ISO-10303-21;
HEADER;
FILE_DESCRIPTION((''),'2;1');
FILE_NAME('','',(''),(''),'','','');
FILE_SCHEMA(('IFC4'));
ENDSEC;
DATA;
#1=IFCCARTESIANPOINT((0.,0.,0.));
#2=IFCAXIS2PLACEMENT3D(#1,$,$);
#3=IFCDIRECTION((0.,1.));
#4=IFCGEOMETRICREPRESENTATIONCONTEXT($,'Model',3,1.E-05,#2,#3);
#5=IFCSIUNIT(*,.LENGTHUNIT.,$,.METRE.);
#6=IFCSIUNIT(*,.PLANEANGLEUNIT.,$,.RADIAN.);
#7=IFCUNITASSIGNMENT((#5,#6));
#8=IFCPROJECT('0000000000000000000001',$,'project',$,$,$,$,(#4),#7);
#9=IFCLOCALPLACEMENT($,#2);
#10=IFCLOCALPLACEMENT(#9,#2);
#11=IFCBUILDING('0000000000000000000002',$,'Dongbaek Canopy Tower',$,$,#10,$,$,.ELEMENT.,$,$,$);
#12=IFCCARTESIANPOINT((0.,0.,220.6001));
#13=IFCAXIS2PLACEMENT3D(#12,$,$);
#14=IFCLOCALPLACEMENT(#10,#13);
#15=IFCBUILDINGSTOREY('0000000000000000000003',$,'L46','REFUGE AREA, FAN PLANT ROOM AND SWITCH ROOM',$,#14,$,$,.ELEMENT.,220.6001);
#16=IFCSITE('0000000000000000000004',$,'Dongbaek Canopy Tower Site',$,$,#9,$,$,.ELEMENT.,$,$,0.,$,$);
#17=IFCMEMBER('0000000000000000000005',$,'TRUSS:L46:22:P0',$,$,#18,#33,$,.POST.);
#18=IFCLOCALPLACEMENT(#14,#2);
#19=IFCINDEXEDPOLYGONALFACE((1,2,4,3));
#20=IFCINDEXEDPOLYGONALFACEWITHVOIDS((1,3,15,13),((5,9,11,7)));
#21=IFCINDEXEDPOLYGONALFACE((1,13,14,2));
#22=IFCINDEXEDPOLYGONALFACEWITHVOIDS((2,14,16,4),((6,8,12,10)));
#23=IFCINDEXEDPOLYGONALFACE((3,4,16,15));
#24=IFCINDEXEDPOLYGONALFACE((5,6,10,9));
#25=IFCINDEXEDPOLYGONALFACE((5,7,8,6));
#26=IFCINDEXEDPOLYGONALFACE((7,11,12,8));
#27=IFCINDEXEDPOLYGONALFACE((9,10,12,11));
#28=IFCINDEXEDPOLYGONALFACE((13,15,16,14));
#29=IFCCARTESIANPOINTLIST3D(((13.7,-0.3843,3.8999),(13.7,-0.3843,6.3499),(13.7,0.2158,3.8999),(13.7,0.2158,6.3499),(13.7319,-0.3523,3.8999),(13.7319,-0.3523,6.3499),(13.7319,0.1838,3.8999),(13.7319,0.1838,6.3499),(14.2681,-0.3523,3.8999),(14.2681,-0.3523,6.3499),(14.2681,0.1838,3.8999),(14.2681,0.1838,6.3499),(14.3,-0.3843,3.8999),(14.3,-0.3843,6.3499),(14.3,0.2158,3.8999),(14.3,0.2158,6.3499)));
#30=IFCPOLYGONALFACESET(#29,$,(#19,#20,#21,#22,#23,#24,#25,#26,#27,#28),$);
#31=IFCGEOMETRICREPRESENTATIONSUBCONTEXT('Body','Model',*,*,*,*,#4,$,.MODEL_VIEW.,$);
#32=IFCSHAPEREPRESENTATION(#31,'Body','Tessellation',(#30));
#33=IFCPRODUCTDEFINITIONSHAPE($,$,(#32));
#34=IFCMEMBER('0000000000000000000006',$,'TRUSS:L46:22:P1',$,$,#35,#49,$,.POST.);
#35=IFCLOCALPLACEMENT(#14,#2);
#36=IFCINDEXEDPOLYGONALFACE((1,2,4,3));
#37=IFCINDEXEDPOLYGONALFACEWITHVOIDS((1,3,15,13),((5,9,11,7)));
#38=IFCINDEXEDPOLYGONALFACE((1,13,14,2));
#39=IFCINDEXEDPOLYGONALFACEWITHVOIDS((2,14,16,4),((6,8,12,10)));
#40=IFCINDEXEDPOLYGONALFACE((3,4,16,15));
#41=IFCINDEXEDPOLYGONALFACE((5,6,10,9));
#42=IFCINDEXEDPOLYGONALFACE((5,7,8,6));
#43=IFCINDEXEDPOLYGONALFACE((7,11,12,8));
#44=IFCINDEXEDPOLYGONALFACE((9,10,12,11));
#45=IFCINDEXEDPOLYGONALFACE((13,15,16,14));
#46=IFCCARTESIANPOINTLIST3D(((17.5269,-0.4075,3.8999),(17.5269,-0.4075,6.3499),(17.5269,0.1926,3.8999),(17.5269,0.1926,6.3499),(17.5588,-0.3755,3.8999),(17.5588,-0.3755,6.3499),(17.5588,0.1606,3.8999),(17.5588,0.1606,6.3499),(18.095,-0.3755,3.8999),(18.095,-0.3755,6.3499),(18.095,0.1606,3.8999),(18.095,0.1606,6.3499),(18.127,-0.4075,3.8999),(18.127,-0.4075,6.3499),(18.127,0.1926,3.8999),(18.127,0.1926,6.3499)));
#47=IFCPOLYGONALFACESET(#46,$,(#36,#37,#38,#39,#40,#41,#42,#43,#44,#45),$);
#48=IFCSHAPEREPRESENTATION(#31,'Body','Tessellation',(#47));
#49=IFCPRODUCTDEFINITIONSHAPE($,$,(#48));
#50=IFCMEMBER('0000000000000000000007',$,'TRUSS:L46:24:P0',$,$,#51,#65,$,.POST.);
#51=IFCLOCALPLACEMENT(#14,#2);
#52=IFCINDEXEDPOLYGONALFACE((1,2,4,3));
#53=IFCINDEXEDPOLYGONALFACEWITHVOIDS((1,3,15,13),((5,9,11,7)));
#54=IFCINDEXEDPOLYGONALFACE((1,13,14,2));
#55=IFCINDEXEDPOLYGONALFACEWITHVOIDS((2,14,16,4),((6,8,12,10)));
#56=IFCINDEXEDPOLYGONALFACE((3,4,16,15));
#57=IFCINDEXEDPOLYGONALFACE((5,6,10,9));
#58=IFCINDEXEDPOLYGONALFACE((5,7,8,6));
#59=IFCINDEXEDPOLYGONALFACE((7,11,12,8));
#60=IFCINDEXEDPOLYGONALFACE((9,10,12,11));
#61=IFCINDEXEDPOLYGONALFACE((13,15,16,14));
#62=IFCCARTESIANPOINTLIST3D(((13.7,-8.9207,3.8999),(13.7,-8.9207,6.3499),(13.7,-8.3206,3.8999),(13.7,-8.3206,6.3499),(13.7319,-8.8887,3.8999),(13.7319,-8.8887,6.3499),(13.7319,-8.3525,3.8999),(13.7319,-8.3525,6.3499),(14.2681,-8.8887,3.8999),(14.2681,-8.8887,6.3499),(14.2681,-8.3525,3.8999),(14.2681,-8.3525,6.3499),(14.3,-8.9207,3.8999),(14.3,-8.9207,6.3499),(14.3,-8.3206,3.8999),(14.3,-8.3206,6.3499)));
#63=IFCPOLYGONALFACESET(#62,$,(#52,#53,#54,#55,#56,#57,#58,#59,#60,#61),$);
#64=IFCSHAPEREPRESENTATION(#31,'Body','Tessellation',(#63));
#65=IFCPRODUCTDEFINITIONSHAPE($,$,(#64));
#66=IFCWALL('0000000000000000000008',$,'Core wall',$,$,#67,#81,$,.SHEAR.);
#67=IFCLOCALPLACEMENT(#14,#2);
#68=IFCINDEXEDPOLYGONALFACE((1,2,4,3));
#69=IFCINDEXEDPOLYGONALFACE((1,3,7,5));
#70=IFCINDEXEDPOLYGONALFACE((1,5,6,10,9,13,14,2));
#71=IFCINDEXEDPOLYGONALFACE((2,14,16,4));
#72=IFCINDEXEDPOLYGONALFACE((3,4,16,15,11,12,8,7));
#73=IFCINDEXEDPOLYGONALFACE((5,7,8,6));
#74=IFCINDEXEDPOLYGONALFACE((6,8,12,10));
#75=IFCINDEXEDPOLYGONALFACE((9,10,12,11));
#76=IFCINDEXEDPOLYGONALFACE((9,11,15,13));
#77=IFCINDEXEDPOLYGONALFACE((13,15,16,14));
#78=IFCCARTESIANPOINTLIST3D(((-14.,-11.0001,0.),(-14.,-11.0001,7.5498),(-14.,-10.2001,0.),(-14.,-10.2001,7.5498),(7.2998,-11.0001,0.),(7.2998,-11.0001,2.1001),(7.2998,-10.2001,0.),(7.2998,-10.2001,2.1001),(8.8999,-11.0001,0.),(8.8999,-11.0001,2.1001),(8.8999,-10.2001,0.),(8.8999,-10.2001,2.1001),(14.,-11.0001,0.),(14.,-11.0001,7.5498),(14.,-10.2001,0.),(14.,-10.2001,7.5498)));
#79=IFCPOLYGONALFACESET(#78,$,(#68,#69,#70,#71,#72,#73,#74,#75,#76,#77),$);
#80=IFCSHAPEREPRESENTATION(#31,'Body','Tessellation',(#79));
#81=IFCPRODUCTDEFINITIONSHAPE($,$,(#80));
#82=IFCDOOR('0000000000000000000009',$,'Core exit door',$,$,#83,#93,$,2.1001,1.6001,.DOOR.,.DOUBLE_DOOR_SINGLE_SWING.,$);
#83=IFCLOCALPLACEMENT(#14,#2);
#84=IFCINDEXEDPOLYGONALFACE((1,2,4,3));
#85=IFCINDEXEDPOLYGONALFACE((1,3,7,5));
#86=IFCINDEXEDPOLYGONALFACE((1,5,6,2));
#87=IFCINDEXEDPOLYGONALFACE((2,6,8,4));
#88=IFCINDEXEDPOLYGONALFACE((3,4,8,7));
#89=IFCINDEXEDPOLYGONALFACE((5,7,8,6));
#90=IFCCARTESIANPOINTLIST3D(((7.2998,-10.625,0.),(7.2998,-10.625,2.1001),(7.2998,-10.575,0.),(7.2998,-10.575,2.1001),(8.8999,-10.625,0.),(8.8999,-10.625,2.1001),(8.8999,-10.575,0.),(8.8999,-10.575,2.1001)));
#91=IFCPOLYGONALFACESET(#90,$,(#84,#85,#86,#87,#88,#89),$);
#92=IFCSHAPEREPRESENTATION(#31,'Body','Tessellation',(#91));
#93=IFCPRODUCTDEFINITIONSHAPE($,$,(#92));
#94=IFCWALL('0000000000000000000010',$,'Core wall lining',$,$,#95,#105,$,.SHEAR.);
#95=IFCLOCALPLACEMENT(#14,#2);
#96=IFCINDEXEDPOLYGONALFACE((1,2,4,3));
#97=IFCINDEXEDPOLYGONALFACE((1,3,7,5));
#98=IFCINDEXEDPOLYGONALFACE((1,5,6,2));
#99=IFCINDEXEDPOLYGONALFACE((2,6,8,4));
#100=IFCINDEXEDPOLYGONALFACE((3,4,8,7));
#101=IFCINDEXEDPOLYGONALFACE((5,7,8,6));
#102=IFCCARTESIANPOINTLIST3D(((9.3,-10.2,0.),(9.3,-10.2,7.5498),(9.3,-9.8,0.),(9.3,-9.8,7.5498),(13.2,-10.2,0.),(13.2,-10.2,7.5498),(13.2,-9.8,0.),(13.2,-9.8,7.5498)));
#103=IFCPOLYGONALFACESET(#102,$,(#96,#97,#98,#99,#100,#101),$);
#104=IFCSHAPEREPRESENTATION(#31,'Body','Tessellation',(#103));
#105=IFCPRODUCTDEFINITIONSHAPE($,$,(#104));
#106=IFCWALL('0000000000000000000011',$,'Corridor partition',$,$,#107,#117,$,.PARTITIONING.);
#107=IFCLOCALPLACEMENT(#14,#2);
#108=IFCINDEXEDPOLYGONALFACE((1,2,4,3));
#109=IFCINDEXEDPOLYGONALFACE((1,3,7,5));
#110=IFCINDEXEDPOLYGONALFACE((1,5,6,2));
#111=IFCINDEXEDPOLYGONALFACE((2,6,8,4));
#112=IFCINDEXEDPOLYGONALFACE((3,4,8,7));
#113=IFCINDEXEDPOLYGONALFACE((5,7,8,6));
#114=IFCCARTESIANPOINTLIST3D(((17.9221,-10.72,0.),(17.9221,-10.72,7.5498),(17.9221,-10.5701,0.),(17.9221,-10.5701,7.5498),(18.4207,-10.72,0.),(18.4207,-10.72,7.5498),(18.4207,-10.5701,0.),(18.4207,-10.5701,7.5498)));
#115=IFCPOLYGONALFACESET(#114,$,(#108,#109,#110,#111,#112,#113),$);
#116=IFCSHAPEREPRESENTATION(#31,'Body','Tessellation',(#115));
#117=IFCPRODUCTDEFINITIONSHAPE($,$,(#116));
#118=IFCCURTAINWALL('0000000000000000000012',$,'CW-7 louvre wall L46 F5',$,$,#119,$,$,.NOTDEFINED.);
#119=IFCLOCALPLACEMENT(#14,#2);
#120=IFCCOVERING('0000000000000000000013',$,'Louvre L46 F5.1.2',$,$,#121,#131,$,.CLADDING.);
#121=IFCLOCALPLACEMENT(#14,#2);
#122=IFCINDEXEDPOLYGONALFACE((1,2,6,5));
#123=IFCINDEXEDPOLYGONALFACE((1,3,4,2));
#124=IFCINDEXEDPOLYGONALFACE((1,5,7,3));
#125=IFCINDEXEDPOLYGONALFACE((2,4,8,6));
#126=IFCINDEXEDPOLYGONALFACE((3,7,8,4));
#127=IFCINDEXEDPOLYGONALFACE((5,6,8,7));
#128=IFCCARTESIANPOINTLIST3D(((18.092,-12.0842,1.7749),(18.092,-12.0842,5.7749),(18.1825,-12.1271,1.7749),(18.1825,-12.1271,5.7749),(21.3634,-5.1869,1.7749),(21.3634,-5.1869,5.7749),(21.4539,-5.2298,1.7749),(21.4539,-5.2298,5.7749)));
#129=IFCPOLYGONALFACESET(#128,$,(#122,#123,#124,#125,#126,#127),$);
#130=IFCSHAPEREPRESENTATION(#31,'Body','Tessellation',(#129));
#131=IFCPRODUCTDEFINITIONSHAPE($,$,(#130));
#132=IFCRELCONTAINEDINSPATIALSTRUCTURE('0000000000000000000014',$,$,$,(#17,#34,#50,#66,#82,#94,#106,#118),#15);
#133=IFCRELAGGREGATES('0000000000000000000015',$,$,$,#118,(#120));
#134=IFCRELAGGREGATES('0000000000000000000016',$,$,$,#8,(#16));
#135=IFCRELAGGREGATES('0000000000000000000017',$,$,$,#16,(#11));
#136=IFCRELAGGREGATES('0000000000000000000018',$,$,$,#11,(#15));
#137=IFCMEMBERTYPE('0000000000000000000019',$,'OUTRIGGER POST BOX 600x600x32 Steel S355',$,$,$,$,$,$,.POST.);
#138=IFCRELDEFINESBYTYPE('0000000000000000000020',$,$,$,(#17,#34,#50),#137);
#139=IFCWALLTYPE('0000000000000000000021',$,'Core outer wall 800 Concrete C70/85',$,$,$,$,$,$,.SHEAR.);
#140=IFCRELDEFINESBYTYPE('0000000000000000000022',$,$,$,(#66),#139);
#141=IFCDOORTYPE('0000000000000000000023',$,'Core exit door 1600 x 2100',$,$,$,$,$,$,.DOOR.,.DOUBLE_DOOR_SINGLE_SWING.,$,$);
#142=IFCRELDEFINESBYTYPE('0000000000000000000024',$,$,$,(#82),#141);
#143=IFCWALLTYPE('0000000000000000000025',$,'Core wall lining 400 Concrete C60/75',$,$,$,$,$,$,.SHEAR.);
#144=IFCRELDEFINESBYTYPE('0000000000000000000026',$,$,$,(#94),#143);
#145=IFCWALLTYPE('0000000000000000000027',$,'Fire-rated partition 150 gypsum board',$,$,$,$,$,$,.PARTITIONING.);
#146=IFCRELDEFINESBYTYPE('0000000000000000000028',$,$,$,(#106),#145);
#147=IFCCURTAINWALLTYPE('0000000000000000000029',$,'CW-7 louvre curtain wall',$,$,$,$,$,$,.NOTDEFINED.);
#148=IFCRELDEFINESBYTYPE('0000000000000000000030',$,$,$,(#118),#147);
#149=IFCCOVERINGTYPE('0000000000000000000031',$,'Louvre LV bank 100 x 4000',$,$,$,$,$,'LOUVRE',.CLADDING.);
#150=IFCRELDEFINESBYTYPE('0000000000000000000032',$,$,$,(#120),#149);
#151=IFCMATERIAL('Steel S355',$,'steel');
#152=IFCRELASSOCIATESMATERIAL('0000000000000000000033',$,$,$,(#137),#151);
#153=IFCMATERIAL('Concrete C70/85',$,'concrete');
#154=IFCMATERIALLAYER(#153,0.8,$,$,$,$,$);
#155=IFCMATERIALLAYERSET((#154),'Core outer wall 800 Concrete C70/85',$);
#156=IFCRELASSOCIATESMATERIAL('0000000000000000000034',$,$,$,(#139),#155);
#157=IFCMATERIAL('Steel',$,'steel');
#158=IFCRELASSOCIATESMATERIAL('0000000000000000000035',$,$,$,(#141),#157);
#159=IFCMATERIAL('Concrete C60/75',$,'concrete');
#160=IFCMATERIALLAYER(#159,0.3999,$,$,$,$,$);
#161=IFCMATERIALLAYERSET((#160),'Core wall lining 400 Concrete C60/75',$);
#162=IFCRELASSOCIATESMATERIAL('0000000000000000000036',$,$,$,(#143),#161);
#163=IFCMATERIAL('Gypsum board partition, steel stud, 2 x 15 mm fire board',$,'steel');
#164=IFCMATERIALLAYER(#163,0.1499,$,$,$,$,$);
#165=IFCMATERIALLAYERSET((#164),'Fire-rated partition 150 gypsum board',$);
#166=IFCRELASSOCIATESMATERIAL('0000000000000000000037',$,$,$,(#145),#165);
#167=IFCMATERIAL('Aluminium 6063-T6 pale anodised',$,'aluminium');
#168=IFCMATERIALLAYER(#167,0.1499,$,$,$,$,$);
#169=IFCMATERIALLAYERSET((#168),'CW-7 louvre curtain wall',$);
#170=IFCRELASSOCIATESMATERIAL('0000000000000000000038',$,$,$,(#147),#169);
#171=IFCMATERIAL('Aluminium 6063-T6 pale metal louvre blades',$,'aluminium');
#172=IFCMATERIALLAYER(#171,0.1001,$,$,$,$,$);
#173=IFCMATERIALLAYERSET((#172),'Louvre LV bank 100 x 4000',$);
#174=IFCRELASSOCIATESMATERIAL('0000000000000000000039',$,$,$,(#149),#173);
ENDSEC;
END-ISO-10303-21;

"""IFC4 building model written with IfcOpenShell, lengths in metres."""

from ifc_helpers import new_model, si_unit, direction, frame, frame_2d, origin, origin_2d, place, context, subcontext, project, spatial, rectangle, hollow_rectangle, extrude, material, layer, layer_set, material_profile, profile_set, type_object, element, fill, aggregate, save


model = new_model("IFC4")

# Units and contexts
model_context = context("Model", 3, precision=1e-05, world=origin(), true_north=direction((0.0, 1.0)))
body_context = subcontext(model_context, "Body", "Model", "MODEL_VIEW")
ifc_project = project(units=[si_unit("LENGTHUNIT", "METRE"), si_unit("PLANEANGLEUNIT", "RADIAN")], contexts=[model_context])

# Site, building, storey
site_placement = place(None, origin())
site = spatial("IfcSite", under=ifc_project, at=site_placement, Name="Dongbaek Canopy Tower Site", CompositionType="ELEMENT", RefElevation=0.0)
building_placement = place(site_placement, origin())
building = spatial("IfcBuilding", under=site, at=building_placement, Name="Dongbaek Canopy Tower", CompositionType="ELEMENT")
storey_placement = place(building_placement, frame((0.0, 0.0, 220.6001)))
storey = spatial("IfcBuildingStorey", under=building, at=storey_placement, Name="L46", Description="REFUGE AREA, FAN PLANT ROOM AND SWITCH ROOM", CompositionType="ELEMENT", Elevation=220.6001)

# Members
ifc_material_1 = material(Name="Steel S355", Category="steel")
ifc_material_profile_1 = material_profile(ifc_material_1, hollow_rectangle(XDim=0.6001, YDim=0.6001, WallThickness=0.032, at=origin_2d()), Name="OUTRIGGER POST BOX 600x600x32 Steel S355")
ifc_profile_set_1 = profile_set([ifc_material_profile_1], Name="Steel S355")
member_type_1 = type_object("IfcMemberType", Name="OUTRIGGER POST BOX 600x600x32 Steel S355", PredefinedType="POST", material=ifc_profile_set_1)
for number, where, z_axis, x_axis, name in (
    (1, (14.0, -0.0842, 3.8999), (0.0, 0.0, 1.0), (1.0, 0.0, 0.0), "TRUSS:L46:22:P0"),
    (2, (17.8269, -0.1074, 3.8999), (0.0, 0.0, 1.0), (1.0, 0.0, 0.0), "TRUSS:L46:22:P1"),
    (3, (14.0, -8.6206, 3.8999), (0.0, 0.0, 1.0), (1.0, 0.0, 0.0), "TRUSS:L46:24:P0"),
):
    element("IfcMember", number, at=place(storey_placement, frame(where, z_axis=z_axis, x_axis=x_axis)), inside=storey, type_object=member_type_1, Name=name, PredefinedType="POST", context=body_context, shape_type="SweptSolid", body=[
        extrude(hollow_rectangle(XDim=0.6001, YDim=0.6001, WallThickness=0.032, at=origin_2d()), origin(), (0.0, 0.0, 1.0), 2.45),
    ])

# Wall, opening, door
ifc_material_2 = material(Name="Concrete C70/85", Category="concrete")
ifc_layer_1 = layer(ifc_material_2, 0.8)
ifc_layer_set_1 = layer_set([ifc_layer_1], Name="Core outer wall 800 Concrete C70/85")
wall_type_1 = type_object("IfcWallType", Name="Core outer wall 800 Concrete C70/85", PredefinedType="SHEAR", material=ifc_layer_set_1)
wall_1_placement = place(storey_placement, frame((14.0, -10.6001, 0.0), z_axis=(0.0, 0.0, 1.0), x_axis=(-1.0, 0.0, 0.0)))
wall_1 = element("IfcWall", 4, at=wall_1_placement, inside=storey, type_object=wall_type_1, Name="Core wall", PredefinedType="SHEAR", context=body_context, shape_type="SweptSolid", body=[
    extrude(rectangle(XDim=28.0, YDim=0.8, at=frame_2d((14.0, 0.0))), origin(), (0.0, 0.0, 1.0), 7.5498),
])
opening_placement = place(wall_1_placement, frame((5.1001, 0.0, 0.0)))
opening = element("IfcOpeningElement", 5, at=opening_placement, cuts=wall_1, PredefinedType="OPENING", context=body_context, shape_type="SweptSolid", body=[
    extrude(rectangle(XDim=1.6001, YDim=2.1001, at=frame_2d((0.8, 1.05))), frame((0.0, 0.4099, 0.0), z_axis=(0.0, -1.0, 0.0), x_axis=(1.0, 0.0, 0.0)), (0.0, 0.0, 1.0), 0.8201),
])
ifc_material_3 = material(Name="Steel", Category="steel")
door_type = type_object("IfcDoorType", Name="Core exit door 1600 x 2100", OperationType="DOUBLE_DOOR_SINGLE_SWING", PredefinedType="DOOR", material=ifc_material_3)
door_placement = place(opening_placement, origin())
door = element("IfcDoor", 6, at=door_placement, inside=storey, type_object=door_type, Name="Core exit door", OperationType="DOUBLE_DOOR_SINGLE_SWING", OverallHeight=2.1001, OverallWidth=1.6001, PredefinedType="DOOR", context=body_context, shape_type="SweptSolid", body=[
    extrude(rectangle(XDim=1.6001, YDim=2.1001, at=frame_2d((0.8, 1.05))), frame((0.0, 0.0249, 0.0), z_axis=(0.0, -1.0, 0.0), x_axis=(1.0, 0.0, 0.0)), (0.0, 0.0, 1.0), 0.05),
])
fill(opening, door)

# Walls
ifc_material_4 = material(Name="Concrete C60/75", Category="concrete")
ifc_layer_2 = layer(ifc_material_4, 0.3999)
ifc_layer_set_2 = layer_set([ifc_layer_2], Name="Core wall lining 400 Concrete C60/75")
wall_type_2 = type_object("IfcWallType", Name="Core wall lining 400 Concrete C60/75", PredefinedType="SHEAR", material=ifc_layer_set_2)
wall_2_placement = place(storey_placement, frame((13.2, -10.0, 0.0), z_axis=(0.0, 0.0, 1.0), x_axis=(-1.0, 0.0, 0.0)))
element("IfcWall", 7, at=wall_2_placement, inside=storey, type_object=wall_type_2, Name="Core wall lining", PredefinedType="SHEAR", context=body_context, shape_type="SweptSolid", body=[
    extrude(rectangle(XDim=3.8999, YDim=0.3999, at=frame_2d((1.95, 0.0))), origin(), (0.0, 0.0, 1.0), 7.5498),
])
ifc_material_5 = material(Name="Gypsum board partition, steel stud, 2 x 15 mm fire board", Category="steel")
ifc_layer_3 = layer(ifc_material_5, 0.1499)
ifc_layer_set_3 = layer_set([ifc_layer_3], Name="Fire-rated partition 150 gypsum board")
wall_type_3 = type_object("IfcWallType", Name="Fire-rated partition 150 gypsum board", PredefinedType="PARTITIONING", material=ifc_layer_set_3)
wall_3_placement = place(storey_placement, frame((17.9221, -10.645, 0.0), z_axis=(0.0, 0.0, 1.0), x_axis=(1.0, 0.0, 0.0)))
element("IfcWall", 8, at=wall_3_placement, inside=storey, type_object=wall_type_3, Name="Corridor partition", PredefinedType="PARTITIONING", context=body_context, shape_type="SweptSolid", body=[
    extrude(rectangle(XDim=0.4985, YDim=0.1499, at=frame_2d((0.2493, 0.0))), origin(), (0.0, 0.0, 1.0), 7.5498),
])

# Curtain wall, covering
ifc_material_6 = material(Name="Aluminium 6063-T6 pale anodised", Category="aluminium")
ifc_layer_4 = layer(ifc_material_6, 0.1499)
ifc_layer_set_4 = layer_set([ifc_layer_4], Name="CW-7 louvre curtain wall")
curtain_wall_type = type_object("IfcCurtainWallType", Name="CW-7 louvre curtain wall", PredefinedType="NOTDEFINED", material=ifc_layer_set_4)
curtain_wall_placement = place(storey_placement, origin())
curtain_wall = element("IfcCurtainWall", 9, at=curtain_wall_placement, inside=storey, type_object=curtain_wall_type, Name="CW-7 louvre wall L46 F5", PredefinedType="NOTDEFINED")
ifc_material_7 = material(Name="Aluminium 6063-T6 pale metal louvre blades", Category="aluminium")
ifc_layer_5 = layer(ifc_material_7, 0.1001)
ifc_layer_set_5 = layer_set([ifc_layer_5], Name="Louvre LV bank 100 x 4000")
covering_type = type_object("IfcCoveringType", Name="Louvre LV bank 100 x 4000", ElementType="LOUVRE", PredefinedType="CLADDING", material=ifc_layer_set_5)
covering_placement = place(storey_placement, frame((19.7729, -8.657, 1.7749), z_axis=(0.0, 0.0, 1.0), x_axis=(0.428545, 0.90352, 0.0)))
covering = element("IfcCovering", 10, at=covering_placement, type_object=covering_type, Name="Louvre L46 F5.1.2", PredefinedType="CLADDING", context=body_context, shape_type="SweptSolid", body=[
    extrude(rectangle(XDim=7.6338, YDim=0.1001, at=origin_2d()), origin(), (0.0, 0.0, 1.0), 4.0),
])

aggregate(curtain_wall, [covering])

save(model, "model.ifc")
